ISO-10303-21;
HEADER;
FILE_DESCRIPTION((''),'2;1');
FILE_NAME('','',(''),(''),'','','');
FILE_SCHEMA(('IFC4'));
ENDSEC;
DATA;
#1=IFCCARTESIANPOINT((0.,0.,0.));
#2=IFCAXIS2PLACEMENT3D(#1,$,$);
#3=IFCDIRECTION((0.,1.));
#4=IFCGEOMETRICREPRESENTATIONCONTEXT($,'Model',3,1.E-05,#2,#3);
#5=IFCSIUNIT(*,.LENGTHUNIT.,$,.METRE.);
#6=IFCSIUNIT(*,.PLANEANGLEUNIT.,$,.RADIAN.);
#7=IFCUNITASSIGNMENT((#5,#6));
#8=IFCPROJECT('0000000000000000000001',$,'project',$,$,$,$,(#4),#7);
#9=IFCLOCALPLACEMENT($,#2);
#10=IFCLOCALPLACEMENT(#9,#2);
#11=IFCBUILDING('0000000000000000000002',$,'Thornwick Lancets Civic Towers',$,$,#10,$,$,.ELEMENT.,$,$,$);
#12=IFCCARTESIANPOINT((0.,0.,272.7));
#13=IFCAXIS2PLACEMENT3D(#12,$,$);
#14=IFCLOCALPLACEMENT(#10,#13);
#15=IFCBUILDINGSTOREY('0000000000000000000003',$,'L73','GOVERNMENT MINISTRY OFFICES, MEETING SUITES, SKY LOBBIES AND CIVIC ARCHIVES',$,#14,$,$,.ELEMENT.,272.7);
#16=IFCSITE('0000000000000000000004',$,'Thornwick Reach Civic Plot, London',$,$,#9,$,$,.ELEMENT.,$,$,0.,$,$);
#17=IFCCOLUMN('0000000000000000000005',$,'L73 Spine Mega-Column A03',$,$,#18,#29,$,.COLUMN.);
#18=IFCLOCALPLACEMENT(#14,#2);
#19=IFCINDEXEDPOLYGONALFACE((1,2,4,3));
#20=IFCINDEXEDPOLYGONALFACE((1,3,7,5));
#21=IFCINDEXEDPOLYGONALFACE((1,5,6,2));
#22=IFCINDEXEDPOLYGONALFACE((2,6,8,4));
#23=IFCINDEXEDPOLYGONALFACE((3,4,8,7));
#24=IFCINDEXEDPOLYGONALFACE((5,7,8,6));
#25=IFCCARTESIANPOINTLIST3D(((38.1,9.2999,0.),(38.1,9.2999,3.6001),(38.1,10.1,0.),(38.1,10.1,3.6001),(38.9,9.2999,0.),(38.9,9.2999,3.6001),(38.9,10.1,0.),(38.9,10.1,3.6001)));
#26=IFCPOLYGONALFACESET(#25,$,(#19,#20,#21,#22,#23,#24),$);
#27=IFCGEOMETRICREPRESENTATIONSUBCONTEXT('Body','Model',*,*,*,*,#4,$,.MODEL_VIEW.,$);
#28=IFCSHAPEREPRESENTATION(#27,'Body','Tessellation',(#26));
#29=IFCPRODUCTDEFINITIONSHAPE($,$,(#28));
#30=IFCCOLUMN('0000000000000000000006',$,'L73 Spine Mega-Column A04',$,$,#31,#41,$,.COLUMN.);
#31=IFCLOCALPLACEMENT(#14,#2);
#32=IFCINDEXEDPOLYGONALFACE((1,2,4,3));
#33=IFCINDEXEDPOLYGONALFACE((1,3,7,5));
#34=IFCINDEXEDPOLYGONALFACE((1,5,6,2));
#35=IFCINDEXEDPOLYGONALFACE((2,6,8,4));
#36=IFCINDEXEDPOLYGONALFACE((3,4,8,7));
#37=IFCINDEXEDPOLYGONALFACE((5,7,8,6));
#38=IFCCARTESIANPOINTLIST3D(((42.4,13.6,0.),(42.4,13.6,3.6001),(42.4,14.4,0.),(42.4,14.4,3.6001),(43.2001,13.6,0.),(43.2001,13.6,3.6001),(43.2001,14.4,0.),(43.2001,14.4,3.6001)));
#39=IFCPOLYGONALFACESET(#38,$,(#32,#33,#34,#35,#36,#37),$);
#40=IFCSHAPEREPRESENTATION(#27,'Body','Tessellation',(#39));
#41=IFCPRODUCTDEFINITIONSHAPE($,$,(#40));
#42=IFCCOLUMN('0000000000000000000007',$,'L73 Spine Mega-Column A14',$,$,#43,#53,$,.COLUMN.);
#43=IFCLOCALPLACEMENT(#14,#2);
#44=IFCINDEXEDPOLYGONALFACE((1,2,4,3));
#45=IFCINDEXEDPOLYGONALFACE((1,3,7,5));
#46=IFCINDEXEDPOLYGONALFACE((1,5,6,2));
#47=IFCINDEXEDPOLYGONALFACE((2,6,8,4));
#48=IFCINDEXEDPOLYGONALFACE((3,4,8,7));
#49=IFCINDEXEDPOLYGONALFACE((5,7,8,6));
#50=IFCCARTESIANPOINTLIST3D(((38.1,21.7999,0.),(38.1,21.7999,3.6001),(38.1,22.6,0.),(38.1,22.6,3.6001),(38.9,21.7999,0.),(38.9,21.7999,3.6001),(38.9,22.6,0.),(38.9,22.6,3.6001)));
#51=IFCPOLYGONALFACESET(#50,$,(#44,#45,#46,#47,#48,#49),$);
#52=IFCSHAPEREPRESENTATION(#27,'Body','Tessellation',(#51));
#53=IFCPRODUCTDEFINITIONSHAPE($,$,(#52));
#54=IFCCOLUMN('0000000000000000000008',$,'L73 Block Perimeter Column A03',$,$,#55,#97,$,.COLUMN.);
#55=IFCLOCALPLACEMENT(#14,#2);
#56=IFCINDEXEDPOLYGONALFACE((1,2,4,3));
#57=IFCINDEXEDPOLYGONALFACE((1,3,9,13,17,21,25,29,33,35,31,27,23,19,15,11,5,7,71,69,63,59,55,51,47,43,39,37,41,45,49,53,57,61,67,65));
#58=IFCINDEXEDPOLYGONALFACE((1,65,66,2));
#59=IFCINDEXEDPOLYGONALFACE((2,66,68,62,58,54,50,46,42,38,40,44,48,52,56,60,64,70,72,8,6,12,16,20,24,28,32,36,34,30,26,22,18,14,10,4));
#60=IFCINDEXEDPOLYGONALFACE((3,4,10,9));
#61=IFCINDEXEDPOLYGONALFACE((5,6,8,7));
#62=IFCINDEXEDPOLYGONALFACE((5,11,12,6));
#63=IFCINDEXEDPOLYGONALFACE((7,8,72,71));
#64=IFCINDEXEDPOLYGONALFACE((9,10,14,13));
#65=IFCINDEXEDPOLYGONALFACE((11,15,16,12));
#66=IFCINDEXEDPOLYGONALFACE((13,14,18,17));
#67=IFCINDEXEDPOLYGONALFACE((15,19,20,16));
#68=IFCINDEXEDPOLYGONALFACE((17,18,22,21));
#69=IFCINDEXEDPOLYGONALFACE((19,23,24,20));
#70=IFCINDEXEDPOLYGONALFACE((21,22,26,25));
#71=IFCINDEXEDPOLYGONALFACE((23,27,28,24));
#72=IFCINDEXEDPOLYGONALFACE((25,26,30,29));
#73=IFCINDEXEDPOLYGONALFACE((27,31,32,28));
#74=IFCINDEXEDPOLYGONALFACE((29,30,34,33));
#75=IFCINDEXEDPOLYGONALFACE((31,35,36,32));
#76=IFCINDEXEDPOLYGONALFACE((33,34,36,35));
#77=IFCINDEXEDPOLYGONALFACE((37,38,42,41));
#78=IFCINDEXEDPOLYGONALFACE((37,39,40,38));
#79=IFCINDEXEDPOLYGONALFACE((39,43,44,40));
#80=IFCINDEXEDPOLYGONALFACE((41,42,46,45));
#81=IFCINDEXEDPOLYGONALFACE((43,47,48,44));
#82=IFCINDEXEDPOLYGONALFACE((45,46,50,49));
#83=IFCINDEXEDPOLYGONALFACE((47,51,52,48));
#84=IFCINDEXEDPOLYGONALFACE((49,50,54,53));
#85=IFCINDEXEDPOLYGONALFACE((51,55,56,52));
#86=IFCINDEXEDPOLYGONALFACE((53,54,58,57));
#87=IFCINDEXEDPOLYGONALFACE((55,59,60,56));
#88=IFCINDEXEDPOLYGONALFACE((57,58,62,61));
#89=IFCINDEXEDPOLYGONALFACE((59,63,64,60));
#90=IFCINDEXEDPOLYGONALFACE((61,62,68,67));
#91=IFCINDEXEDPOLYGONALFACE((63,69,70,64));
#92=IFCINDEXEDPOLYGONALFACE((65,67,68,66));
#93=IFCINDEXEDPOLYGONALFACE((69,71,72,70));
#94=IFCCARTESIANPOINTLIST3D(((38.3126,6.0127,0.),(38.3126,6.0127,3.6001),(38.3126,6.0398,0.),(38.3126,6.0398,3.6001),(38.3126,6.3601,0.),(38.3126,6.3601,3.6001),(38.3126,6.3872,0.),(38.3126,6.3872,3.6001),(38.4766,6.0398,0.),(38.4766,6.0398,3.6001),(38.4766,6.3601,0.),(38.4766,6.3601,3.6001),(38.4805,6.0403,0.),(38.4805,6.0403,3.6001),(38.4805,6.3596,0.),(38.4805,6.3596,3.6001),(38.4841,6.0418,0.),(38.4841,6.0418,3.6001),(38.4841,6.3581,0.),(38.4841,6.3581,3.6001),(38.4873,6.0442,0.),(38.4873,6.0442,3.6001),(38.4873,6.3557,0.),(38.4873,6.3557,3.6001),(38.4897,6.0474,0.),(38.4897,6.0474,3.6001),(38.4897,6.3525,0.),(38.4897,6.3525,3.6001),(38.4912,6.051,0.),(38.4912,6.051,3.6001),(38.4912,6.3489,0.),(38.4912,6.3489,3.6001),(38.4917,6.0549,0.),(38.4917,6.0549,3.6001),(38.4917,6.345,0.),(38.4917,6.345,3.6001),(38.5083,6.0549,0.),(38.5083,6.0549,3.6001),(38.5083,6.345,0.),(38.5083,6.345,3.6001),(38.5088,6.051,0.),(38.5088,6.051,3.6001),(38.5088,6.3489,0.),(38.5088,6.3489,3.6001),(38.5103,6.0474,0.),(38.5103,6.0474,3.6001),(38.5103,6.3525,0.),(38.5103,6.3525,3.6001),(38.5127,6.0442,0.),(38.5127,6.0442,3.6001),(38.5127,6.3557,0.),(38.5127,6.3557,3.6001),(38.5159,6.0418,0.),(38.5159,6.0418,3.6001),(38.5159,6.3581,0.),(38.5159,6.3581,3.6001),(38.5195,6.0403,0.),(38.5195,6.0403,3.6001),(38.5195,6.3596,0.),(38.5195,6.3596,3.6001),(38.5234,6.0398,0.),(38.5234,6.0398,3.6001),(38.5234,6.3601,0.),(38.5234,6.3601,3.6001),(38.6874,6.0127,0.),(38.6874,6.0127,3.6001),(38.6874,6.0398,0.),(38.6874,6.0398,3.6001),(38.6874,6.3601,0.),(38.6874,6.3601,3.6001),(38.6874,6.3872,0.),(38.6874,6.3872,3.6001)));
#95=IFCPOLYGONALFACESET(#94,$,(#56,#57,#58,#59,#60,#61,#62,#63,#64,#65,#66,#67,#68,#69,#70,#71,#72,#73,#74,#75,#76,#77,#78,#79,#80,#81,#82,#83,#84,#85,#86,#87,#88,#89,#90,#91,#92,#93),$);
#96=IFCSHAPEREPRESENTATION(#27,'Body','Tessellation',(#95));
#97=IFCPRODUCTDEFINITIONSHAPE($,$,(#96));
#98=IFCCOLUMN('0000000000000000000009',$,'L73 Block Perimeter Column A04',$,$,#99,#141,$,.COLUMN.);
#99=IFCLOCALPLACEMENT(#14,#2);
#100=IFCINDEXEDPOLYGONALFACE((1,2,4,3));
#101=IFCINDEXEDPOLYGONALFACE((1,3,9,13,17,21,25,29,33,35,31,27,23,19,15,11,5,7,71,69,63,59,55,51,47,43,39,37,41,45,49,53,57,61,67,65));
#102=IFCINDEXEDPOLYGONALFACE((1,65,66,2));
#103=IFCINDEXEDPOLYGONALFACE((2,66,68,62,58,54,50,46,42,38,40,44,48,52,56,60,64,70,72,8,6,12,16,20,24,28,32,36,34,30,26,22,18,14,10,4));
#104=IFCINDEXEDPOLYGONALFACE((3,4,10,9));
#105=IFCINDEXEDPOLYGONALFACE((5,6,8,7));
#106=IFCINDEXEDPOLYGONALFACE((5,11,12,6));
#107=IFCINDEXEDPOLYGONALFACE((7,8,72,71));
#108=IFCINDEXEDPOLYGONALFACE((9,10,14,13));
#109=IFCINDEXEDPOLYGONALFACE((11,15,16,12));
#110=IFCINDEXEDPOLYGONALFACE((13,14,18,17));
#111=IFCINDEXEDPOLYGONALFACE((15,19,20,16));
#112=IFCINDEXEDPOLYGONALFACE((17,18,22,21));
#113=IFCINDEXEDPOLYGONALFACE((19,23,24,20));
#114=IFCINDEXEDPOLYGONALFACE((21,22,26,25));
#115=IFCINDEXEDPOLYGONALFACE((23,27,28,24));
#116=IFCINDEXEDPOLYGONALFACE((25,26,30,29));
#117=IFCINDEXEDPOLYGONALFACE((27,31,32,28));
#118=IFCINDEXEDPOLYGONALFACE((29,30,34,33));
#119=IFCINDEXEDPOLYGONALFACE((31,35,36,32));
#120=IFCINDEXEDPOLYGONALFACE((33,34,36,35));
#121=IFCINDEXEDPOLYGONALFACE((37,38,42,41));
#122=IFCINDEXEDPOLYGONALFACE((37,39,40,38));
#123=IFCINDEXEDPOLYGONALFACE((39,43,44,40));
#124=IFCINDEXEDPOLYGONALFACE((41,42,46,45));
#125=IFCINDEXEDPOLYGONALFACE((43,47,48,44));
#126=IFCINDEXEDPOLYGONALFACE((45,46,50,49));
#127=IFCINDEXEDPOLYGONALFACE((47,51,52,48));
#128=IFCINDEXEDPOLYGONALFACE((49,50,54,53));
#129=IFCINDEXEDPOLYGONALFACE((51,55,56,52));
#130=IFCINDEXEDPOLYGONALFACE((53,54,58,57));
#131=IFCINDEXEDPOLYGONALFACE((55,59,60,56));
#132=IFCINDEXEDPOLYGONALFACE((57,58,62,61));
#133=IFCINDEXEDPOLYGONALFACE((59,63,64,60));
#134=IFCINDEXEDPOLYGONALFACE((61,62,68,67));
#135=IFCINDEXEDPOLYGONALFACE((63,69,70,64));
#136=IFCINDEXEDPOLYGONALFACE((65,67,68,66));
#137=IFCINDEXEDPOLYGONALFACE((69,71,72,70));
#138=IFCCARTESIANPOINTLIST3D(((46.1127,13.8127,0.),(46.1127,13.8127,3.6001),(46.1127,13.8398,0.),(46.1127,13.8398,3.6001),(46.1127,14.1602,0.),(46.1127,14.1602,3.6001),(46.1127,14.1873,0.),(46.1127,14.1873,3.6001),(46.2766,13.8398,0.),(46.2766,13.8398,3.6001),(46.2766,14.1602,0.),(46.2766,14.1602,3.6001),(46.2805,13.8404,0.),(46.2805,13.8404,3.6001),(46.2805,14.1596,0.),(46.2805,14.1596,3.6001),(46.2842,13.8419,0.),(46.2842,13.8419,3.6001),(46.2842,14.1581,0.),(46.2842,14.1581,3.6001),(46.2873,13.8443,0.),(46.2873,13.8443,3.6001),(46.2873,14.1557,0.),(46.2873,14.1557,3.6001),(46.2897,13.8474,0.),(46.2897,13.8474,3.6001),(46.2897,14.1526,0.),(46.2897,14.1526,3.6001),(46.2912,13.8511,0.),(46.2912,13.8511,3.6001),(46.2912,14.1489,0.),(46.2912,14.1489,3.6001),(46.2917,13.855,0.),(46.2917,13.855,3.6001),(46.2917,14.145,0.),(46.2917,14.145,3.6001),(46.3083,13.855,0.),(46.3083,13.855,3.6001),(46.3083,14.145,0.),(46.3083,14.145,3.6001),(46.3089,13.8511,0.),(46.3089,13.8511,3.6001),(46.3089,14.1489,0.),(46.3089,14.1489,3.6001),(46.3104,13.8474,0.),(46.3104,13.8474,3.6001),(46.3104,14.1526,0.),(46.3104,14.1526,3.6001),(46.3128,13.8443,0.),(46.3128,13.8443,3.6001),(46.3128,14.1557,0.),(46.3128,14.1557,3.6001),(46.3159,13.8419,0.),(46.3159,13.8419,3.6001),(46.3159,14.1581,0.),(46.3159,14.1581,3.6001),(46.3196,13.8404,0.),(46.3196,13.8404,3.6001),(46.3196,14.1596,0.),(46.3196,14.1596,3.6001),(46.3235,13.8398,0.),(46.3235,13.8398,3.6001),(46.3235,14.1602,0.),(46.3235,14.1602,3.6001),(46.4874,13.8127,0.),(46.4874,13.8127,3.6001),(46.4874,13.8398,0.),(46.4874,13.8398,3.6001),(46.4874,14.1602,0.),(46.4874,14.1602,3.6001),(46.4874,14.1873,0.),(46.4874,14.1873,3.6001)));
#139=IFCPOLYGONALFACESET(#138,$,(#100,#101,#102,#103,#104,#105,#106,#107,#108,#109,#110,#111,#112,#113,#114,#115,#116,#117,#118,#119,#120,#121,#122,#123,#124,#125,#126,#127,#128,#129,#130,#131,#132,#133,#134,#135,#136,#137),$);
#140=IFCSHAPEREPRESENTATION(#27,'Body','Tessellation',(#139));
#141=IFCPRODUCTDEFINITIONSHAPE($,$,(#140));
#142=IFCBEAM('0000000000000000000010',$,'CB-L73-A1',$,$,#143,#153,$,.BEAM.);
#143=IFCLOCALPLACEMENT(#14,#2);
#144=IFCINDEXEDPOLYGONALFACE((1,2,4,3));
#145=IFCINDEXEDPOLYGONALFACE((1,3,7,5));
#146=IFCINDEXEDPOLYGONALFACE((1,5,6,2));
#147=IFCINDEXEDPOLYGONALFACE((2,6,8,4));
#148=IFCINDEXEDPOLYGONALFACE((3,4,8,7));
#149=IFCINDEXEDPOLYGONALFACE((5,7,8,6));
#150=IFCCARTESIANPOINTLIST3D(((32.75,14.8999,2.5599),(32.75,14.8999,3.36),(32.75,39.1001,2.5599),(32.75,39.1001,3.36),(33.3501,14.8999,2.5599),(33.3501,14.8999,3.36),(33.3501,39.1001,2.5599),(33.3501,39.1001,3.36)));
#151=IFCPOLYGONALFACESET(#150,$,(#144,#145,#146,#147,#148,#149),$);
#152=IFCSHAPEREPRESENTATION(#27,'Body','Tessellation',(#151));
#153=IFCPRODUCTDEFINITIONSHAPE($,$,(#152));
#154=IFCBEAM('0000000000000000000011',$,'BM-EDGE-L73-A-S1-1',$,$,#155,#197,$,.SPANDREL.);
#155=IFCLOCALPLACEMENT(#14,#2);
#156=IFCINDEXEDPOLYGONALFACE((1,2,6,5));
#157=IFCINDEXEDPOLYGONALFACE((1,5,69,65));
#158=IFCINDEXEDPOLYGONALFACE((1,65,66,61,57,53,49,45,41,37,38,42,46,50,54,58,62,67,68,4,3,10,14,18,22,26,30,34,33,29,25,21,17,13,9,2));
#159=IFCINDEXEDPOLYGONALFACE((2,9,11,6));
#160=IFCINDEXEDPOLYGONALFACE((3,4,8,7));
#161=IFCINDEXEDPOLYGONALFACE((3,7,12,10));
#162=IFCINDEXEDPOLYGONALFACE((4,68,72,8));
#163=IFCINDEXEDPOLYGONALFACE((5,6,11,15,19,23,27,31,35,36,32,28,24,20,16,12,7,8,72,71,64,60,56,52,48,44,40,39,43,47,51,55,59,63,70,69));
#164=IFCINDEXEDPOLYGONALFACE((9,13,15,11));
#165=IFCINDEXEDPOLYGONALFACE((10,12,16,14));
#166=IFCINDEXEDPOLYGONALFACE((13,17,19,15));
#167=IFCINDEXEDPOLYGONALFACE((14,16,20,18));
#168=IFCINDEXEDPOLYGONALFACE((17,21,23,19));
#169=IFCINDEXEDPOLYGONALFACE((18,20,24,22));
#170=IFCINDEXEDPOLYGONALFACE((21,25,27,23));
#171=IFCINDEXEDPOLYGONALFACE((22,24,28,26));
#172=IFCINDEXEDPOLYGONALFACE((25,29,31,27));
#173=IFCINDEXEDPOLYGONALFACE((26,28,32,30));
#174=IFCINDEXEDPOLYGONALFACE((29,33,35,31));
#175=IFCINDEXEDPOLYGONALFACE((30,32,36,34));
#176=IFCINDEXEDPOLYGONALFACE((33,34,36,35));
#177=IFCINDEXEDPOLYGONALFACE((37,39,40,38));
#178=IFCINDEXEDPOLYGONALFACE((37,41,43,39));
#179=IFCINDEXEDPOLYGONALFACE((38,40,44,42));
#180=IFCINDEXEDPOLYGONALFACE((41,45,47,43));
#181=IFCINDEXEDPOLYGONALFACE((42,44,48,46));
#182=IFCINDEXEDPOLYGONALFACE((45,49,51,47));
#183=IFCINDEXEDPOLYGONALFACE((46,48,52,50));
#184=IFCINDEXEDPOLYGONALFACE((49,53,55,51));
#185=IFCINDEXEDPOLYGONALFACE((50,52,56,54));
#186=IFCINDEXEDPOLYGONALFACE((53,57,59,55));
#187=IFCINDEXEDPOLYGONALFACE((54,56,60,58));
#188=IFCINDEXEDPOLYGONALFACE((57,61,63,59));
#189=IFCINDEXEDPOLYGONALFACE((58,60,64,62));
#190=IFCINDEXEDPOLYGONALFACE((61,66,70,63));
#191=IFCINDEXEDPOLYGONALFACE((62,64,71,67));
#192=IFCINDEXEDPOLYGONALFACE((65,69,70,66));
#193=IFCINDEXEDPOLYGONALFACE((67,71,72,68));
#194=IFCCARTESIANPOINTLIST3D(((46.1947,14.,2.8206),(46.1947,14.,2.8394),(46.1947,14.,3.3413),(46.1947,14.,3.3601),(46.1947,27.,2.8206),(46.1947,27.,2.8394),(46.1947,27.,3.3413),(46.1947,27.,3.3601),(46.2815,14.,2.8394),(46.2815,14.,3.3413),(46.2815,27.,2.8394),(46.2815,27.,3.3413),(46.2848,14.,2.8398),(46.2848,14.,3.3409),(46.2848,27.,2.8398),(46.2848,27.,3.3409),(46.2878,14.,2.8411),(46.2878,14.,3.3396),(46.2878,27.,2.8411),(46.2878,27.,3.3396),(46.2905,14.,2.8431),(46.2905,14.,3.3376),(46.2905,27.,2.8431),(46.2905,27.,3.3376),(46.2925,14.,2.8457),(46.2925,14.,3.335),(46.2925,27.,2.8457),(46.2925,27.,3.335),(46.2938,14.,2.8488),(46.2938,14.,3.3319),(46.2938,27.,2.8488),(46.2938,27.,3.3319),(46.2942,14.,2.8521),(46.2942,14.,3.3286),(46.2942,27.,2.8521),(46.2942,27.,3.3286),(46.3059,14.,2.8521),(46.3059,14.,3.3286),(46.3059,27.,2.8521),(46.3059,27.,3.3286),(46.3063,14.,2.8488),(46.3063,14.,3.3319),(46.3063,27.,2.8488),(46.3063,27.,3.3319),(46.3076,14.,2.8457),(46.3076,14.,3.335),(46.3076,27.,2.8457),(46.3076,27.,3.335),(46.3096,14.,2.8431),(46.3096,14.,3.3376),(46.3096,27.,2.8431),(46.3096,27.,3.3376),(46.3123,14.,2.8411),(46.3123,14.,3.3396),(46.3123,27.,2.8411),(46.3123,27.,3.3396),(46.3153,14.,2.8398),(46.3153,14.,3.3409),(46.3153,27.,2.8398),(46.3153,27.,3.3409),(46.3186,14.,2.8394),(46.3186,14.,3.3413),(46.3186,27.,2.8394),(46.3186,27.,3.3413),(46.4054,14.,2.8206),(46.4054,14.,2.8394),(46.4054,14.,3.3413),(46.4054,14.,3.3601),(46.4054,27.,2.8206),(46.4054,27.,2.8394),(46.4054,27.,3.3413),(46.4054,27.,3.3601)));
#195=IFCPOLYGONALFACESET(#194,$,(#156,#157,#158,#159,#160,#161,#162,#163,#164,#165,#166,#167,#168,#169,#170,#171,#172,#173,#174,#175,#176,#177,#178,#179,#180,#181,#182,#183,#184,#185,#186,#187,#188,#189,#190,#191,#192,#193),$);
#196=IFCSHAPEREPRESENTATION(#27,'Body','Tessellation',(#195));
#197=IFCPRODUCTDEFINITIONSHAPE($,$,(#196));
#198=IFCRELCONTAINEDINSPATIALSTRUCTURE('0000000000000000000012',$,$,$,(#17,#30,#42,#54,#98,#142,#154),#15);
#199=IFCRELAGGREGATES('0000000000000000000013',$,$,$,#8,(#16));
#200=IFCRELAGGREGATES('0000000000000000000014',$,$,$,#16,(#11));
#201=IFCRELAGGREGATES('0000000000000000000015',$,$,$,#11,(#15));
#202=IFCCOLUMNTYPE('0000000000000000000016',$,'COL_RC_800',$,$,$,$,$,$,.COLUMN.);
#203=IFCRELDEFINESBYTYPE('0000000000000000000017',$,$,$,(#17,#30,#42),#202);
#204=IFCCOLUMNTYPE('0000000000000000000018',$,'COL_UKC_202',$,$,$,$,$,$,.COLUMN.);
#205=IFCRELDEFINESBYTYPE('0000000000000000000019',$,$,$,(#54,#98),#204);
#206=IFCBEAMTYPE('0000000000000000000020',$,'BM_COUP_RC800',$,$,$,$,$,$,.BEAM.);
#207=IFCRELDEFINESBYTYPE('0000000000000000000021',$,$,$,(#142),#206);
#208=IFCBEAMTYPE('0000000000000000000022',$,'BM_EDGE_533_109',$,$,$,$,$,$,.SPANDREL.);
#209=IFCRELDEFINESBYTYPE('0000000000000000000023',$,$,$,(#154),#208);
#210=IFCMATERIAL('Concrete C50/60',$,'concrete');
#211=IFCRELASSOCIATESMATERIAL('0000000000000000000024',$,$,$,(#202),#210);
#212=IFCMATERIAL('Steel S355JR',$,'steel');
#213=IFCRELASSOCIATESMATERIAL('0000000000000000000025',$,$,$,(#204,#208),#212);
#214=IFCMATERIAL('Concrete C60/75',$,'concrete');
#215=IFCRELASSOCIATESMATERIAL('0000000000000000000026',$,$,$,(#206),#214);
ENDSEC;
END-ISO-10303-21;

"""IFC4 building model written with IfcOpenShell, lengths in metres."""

from ifc_helpers import new_model, si_unit, direction, frame, origin, origin_2d, place, context, subcontext, project, spatial, rectangle, i_section, extrude, material, material_profile, profile_set, type_object, element, save


model = new_model("IFC4")

# Units and contexts
model_context = context("Model", 3, precision=1e-05, world=origin(), true_north=direction((0.0, 1.0)))
body_context = subcontext(model_context, "Body", "Model", "MODEL_VIEW")
ifc_project = project(units=[si_unit("LENGTHUNIT", "METRE"), si_unit("PLANEANGLEUNIT", "RADIAN")], contexts=[model_context])

# Site, building, storey
site_placement = place(None, origin())
site = spatial("IfcSite", under=ifc_project, at=site_placement, Name="Thornwick Reach Civic Plot, London", CompositionType="ELEMENT", RefElevation=0.0)
building_placement = place(site_placement, origin())
building = spatial("IfcBuilding", under=site, at=building_placement, Name="Thornwick Lancets Civic Towers", CompositionType="ELEMENT")
storey_placement = place(building_placement, frame((0.0, 0.0, 272.7)))
storey = spatial("IfcBuildingStorey", under=building, at=storey_placement, Name="L73", Description="GOVERNMENT MINISTRY OFFICES, MEETING SUITES, SKY LOBBIES AND CIVIC ARCHIVES", CompositionType="ELEMENT", Elevation=272.7)

# Columns
ifc_material_1 = material(Name="Concrete C50/60", Category="concrete")
ifc_material_profile_1 = material_profile(ifc_material_1, rectangle(XDim=0.8, YDim=0.8, at=origin_2d()), Name="RC 800x800")
ifc_profile_set_1 = profile_set([ifc_material_profile_1], Name="Concrete C50/60")
column_type_1 = type_object("IfcColumnType", Name="COL_RC_800", PredefinedType="COLUMN", material=ifc_profile_set_1)
for number, where, z_axis, x_axis, name in (
    (1, (38.5, 9.7, 0.0), (0.0, 0.0, 1.0), (1.0, 0.0, 0.0), "L73 Spine Mega-Column A03"),
    (2, (42.8, 14.0, 0.0), (0.0, 0.0, 1.0), (1.0, 0.0, 0.0), "L73 Spine Mega-Column A04"),
    (3, (38.5, 22.2, 0.0), (0.0, 0.0, 1.0), (1.0, 0.0, 0.0), "L73 Spine Mega-Column A14"),
):
    element("IfcColumn", number, at=place(storey_placement, frame(where, z_axis=z_axis, x_axis=x_axis)), inside=storey, type_object=column_type_1, Name=name, PredefinedType="COLUMN", context=body_context, shape_type="SweptSolid", body=[
        extrude(rectangle(XDim=0.8, YDim=0.8, at=origin_2d()), origin(), (0.0, 0.0, 1.0), 3.6001),
    ])
ifc_material_2 = material(Name="Steel S355JR", Category="steel")
ifc_material_profile_2 = material_profile(ifc_material_2, i_section(OverallWidth=0.3748, OverallDepth=0.3745, WebThickness=0.0166, FlangeThickness=0.0271, FilletRadius=0.0151, at=origin_2d()), Name="UKC 356x368x202")
ifc_profile_set_2 = profile_set([ifc_material_profile_2], Name="Steel S355JR")
column_type_2 = type_object("IfcColumnType", Name="COL_UKC_202", PredefinedType="COLUMN", material=ifc_profile_set_2)
for number, where, z_axis, x_axis, name in (
    (4, (38.5, 6.2, 0.0), (0.0, 0.0, 1.0), (1.0, 0.0, 0.0), "L73 Block Perimeter Column A03"),
    (5, (46.3, 14.0, 0.0), (0.0, 0.0, 1.0), (1.0, 0.0, 0.0), "L73 Block Perimeter Column A04"),
):
    element("IfcColumn", number, at=place(storey_placement, frame(where, z_axis=z_axis, x_axis=x_axis)), inside=storey, type_object=column_type_2, Name=name, PredefinedType="COLUMN", context=body_context, shape_type="SweptSolid", body=[
        extrude(i_section(OverallWidth=0.3748, OverallDepth=0.3745, WebThickness=0.0166, FlangeThickness=0.0271, FilletRadius=0.0151, at=origin_2d()), origin(), (0.0, 0.0, 1.0), 3.6001),
    ])

# Beams
ifc_material_3 = material(Name="Concrete C60/75", Category="concrete")
ifc_material_profile_3 = material_profile(ifc_material_3, rectangle(XDim=0.6001, YDim=0.8, at=origin_2d()), Name="RC 600x800")
ifc_profile_set_3 = profile_set([ifc_material_profile_3], Name="Concrete C60/75")
beam_type_1 = type_object("IfcBeamType", Name="BM_COUP_RC800", PredefinedType="BEAM", material=ifc_profile_set_3)
beam_1_placement = place(storey_placement, frame((33.05, 14.8999, 2.96), z_axis=(0.0, 1.0, 0.0), x_axis=(-1.0, 0.0, 0.0)))
element("IfcBeam", 6, at=beam_1_placement, inside=storey, type_object=beam_type_1, Name="CB-L73-A1", PredefinedType="BEAM", context=body_context, shape_type="SweptSolid", body=[
    extrude(rectangle(XDim=0.6001, YDim=0.8, at=origin_2d()), origin(), (0.0, 0.0, 1.0), 24.2002),
])
ifc_material_profile_4 = material_profile(ifc_material_2, i_section(OverallWidth=0.2107, OverallDepth=0.5396, WebThickness=0.0117, FlangeThickness=0.0188, FilletRadius=0.0127, at=origin_2d()), Name="UKB 533x210x109")
ifc_profile_set_4 = profile_set([ifc_material_profile_4], Name="Steel S355JR")
beam_type_2 = type_object("IfcBeamType", Name="BM_EDGE_533_109", PredefinedType="SPANDREL", material=ifc_profile_set_4)
beam_2_placement = place(storey_placement, frame((46.3, 14.0, 3.0903), z_axis=(0.0, 1.0, 0.0), x_axis=(-1.0, 0.0, 0.0)))
element("IfcBeam", 7, at=beam_2_placement, inside=storey, type_object=beam_type_2, Name="BM-EDGE-L73-A-S1-1", PredefinedType="SPANDREL", context=body_context, shape_type="SweptSolid", body=[
    extrude(i_section(OverallWidth=0.2107, OverallDepth=0.5396, WebThickness=0.0117, FlangeThickness=0.0188, FilletRadius=0.0127, at=origin_2d()), origin(), (0.0, 0.0, 1.0), 13.0),
])

save(model, "model.ifc")
